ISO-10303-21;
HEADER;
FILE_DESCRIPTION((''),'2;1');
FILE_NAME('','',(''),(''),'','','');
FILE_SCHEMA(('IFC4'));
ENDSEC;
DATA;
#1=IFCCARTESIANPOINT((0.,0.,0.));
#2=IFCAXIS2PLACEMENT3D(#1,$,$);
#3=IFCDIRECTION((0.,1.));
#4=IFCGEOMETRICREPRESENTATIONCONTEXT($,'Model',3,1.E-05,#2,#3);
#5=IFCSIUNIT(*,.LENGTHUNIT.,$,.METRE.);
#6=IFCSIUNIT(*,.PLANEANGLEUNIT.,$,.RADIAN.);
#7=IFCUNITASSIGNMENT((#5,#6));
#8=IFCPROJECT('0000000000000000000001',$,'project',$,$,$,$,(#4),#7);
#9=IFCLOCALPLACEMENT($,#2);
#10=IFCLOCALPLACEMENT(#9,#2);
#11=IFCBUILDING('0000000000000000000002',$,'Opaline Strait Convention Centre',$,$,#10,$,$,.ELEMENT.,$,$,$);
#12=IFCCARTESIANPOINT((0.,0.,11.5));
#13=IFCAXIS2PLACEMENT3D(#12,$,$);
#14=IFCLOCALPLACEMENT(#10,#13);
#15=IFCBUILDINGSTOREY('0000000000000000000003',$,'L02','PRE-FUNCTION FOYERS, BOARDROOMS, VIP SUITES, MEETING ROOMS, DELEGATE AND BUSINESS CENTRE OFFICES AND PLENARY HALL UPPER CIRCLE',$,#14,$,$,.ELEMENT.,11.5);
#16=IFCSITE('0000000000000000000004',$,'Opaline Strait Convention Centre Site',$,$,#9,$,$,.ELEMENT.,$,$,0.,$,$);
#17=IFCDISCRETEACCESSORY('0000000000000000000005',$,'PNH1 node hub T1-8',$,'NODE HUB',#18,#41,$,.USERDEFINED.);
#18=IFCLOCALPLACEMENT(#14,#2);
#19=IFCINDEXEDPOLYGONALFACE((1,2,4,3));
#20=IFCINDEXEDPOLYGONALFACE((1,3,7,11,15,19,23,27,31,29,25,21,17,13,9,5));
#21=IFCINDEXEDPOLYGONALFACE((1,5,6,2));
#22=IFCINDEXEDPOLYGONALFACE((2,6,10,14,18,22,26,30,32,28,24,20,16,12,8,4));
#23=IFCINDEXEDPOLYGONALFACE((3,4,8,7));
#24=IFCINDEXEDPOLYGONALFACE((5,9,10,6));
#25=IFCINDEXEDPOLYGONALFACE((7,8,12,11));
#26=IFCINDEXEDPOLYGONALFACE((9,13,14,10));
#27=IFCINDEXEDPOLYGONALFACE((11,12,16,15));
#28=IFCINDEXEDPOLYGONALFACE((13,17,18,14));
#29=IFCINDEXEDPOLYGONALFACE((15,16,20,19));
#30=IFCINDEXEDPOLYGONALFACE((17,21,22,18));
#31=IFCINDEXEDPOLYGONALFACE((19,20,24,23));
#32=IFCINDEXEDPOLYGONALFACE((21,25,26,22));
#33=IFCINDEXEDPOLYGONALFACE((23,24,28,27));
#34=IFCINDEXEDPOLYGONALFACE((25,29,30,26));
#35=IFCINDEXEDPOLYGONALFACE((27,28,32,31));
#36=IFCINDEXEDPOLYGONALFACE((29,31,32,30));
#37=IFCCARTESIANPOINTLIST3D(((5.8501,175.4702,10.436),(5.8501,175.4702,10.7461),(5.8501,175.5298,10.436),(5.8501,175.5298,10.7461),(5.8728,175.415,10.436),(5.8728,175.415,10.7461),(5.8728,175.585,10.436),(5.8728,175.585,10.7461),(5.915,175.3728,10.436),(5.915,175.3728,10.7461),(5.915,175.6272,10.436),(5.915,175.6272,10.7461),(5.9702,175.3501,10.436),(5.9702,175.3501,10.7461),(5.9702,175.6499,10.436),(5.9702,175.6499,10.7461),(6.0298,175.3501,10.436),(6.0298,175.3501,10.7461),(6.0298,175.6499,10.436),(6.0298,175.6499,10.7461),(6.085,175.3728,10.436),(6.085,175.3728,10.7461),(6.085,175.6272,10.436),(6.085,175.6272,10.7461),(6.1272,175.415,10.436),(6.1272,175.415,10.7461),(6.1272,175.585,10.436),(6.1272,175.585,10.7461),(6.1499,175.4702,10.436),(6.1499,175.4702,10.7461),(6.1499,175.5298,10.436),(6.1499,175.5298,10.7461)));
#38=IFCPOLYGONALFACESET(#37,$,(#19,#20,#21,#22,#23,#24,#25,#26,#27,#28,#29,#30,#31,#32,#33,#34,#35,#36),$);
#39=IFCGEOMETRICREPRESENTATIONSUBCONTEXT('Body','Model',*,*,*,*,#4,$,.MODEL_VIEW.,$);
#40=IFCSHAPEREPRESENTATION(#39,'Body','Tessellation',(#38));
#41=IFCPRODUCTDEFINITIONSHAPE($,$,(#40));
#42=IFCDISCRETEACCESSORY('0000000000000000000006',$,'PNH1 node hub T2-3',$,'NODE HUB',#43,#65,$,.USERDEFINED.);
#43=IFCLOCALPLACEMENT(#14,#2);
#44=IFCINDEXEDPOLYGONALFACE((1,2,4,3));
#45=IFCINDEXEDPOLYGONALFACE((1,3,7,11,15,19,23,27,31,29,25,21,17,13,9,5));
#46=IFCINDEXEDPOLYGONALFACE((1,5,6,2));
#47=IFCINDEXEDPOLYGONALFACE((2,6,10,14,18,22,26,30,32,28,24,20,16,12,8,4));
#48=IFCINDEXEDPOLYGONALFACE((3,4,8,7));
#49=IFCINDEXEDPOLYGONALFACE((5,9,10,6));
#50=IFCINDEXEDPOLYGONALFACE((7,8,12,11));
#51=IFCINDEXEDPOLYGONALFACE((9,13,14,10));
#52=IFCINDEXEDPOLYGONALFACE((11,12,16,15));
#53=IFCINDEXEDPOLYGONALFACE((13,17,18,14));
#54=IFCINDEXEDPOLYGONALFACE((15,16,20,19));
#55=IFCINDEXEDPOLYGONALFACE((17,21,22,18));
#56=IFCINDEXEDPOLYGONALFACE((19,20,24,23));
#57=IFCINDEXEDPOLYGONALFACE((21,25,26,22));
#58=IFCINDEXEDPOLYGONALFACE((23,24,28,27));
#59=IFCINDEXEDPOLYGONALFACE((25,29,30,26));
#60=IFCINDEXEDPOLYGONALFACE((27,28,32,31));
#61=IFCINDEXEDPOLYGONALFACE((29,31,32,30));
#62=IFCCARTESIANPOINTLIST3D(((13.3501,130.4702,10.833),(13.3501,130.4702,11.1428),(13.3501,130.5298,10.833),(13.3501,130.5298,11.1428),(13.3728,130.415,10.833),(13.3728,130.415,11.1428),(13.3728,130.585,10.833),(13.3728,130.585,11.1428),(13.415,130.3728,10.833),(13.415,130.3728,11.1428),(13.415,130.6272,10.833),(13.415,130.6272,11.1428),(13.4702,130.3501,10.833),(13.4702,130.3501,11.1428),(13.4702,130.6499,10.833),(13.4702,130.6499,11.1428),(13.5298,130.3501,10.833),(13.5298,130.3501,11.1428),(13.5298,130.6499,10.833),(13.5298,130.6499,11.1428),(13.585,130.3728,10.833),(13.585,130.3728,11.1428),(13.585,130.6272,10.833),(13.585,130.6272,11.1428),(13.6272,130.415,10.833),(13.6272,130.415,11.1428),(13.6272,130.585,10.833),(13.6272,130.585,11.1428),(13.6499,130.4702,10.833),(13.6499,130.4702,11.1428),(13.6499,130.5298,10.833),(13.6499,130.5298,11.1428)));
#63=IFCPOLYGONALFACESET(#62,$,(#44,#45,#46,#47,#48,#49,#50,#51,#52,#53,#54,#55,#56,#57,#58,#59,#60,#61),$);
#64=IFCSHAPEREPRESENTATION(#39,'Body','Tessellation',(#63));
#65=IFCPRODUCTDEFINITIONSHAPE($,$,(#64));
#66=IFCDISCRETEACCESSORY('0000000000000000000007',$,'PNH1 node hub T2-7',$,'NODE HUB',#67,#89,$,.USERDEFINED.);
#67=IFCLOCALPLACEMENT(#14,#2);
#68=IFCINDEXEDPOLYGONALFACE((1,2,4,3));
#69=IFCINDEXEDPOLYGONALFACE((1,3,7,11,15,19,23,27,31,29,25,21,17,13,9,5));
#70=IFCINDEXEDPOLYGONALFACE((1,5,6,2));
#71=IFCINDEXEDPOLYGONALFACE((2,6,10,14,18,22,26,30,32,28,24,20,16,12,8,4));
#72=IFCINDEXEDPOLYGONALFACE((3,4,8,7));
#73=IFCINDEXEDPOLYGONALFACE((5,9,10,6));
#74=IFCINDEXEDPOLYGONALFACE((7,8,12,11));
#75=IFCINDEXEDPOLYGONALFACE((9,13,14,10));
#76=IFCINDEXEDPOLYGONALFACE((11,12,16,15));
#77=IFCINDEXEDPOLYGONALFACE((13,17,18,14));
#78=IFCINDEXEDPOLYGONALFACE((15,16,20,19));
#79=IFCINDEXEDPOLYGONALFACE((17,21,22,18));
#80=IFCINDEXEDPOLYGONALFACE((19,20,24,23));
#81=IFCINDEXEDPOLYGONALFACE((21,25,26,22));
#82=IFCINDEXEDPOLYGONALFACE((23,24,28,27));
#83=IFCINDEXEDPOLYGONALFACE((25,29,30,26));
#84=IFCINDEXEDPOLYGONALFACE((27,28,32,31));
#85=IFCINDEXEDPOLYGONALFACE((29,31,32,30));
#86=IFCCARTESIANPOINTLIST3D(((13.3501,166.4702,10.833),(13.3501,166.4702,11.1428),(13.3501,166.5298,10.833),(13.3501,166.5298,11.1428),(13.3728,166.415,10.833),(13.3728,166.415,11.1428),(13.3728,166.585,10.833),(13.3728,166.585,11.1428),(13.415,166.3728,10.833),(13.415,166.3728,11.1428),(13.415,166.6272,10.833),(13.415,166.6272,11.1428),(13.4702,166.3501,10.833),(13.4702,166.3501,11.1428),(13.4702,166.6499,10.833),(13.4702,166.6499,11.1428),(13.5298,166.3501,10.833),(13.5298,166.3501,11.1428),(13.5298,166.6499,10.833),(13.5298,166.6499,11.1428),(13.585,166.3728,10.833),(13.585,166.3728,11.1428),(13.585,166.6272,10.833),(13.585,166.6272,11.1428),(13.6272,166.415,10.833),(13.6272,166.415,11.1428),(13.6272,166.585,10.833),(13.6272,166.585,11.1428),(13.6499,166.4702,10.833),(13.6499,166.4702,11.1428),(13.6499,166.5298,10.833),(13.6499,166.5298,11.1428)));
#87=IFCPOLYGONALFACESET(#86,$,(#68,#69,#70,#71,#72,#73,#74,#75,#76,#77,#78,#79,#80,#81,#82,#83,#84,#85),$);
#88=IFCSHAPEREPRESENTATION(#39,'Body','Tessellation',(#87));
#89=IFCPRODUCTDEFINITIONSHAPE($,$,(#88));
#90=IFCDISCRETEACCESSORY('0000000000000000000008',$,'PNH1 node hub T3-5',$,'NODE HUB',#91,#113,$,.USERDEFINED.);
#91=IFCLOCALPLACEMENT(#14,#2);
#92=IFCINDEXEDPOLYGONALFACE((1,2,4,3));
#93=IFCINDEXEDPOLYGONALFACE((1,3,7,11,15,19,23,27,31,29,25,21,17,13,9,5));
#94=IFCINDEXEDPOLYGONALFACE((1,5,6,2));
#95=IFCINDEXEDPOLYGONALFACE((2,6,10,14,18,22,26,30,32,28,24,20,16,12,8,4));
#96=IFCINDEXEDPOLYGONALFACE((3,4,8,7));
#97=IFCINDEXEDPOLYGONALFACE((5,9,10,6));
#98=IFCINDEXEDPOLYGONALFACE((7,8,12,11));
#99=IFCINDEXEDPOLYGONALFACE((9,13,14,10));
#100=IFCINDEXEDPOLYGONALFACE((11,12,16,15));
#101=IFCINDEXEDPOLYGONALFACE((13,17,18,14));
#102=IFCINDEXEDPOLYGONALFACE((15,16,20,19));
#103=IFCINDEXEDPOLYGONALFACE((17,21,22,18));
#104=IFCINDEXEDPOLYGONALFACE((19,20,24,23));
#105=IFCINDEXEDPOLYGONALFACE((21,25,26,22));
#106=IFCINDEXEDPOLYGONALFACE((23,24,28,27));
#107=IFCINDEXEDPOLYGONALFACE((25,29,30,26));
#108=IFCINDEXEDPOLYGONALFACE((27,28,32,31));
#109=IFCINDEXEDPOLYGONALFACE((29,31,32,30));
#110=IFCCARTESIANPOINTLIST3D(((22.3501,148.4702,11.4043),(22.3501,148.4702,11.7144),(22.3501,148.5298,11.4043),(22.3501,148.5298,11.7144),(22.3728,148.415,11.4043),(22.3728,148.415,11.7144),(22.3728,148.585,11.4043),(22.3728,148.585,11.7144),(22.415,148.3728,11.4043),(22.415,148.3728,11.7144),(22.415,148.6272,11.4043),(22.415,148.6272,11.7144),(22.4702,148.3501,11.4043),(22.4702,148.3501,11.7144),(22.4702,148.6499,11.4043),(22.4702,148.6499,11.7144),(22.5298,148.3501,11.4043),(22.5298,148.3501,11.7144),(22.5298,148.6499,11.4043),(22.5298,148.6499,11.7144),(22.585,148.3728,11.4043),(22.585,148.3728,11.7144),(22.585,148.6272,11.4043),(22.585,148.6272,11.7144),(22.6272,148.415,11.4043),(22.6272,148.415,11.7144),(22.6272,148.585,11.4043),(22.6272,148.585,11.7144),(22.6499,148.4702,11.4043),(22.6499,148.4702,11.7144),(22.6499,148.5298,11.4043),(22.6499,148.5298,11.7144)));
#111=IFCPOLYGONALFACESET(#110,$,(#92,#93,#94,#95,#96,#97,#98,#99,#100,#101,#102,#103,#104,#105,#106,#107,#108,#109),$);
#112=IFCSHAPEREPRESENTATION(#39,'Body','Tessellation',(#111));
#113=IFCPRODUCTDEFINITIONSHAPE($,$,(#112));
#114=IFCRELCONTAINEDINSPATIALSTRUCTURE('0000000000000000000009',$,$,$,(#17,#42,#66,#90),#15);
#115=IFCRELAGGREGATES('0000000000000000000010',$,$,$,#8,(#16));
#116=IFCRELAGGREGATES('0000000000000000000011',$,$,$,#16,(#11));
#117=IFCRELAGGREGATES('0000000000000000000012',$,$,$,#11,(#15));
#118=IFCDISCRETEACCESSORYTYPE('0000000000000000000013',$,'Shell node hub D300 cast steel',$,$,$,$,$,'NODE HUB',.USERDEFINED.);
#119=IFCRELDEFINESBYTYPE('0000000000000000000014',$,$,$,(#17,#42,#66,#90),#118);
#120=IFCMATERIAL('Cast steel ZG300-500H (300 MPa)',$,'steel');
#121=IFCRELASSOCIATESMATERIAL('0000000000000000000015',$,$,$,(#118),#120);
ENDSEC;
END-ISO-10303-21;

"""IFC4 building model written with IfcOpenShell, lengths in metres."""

from ifc_helpers import new_model, si_unit, direction, frame, origin, place, context, subcontext, project, spatial, polyline, outline, extrude, material, type_object, element, save


model = new_model("IFC4")

# Units and contexts
model_context = context("Model", 3, precision=1e-05, world=origin(), true_north=direction((0.0, 1.0)))
body_context = subcontext(model_context, "Body", "Model", "MODEL_VIEW")
ifc_project = project(units=[si_unit("LENGTHUNIT", "METRE"), si_unit("PLANEANGLEUNIT", "RADIAN")], contexts=[model_context])

# Site, building, storey
site_placement = place(None, origin())
site = spatial("IfcSite", under=ifc_project, at=site_placement, Name="Opaline Strait Convention Centre Site", CompositionType="ELEMENT", RefElevation=0.0)
building_placement = place(site_placement, origin())
building = spatial("IfcBuilding", under=site, at=building_placement, Name="Opaline Strait Convention Centre", CompositionType="ELEMENT")
storey_placement = place(building_placement, frame((0.0, 0.0, 11.5)))
storey = spatial("IfcBuildingStorey", under=building, at=storey_placement, Name="L02", Description="PRE-FUNCTION FOYERS, BOARDROOMS, VIP SUITES, MEETING ROOMS, DELEGATE AND BUSINESS CENTRE OFFICES AND PLENARY HALL UPPER CIRCLE", CompositionType="ELEMENT", Elevation=11.5)

# Discrete accessories
ifc_material = material(Name="Cast steel ZG300-500H (300 MPa)", Category="steel")
discrete_accessory_type = type_object("IfcDiscreteAccessoryType", Name="Shell node hub D300 cast steel", ElementType="NODE HUB", PredefinedType="USERDEFINED", material=ifc_material)
discrete_accessory_1_placement = place(storey_placement, frame((0.0, 0.0, 10.436)))
element("IfcDiscreteAccessory", 1, at=discrete_accessory_1_placement, inside=storey, type_object=discrete_accessory_type, Name="PNH1 node hub T1-8", ObjectType="NODE HUB", PredefinedType="USERDEFINED", context=body_context, shape_type="SweptSolid", body=[
    extrude(outline(polyline([(6.1499, 175.5298), (6.1272, 175.585), (6.085, 175.6272), (6.0298, 175.6499), (5.9702, 175.6499), (5.915, 175.6272), (5.8728, 175.585), (5.8501, 175.5298), (5.8501, 175.4702), (5.8728, 175.415), (5.915, 175.3728), (5.9702, 175.3501), (6.0298, 175.3501), (6.085, 175.3728), (6.1272, 175.415), (6.1499, 175.4702), (6.1499, 175.5298)])), origin(), (0.0, 0.0, 1.0), 0.3101),
])
discrete_accessory_2_placement = place(storey_placement, frame((0.0, 0.0, 10.833)))
element("IfcDiscreteAccessory", 2, at=discrete_accessory_2_placement, inside=storey, type_object=discrete_accessory_type, Name="PNH1 node hub T2-3", ObjectType="NODE HUB", PredefinedType="USERDEFINED", context=body_context, shape_type="SweptSolid", body=[
    extrude(outline(polyline([(13.6499, 130.5298), (13.6272, 130.585), (13.585, 130.6272), (13.5298, 130.6499), (13.4702, 130.6499), (13.415, 130.6272), (13.3728, 130.585), (13.3501, 130.5298), (13.3501, 130.4702), (13.3728, 130.415), (13.415, 130.3728), (13.4702, 130.3501), (13.5298, 130.3501), (13.585, 130.3728), (13.6272, 130.415), (13.6499, 130.4702), (13.6499, 130.5298)])), origin(), (0.0, 0.0, 1.0), 0.3098),
])
discrete_accessory_3_placement = place(storey_placement, frame((0.0, 0.0, 10.833)))
element("IfcDiscreteAccessory", 3, at=discrete_accessory_3_placement, inside=storey, type_object=discrete_accessory_type, Name="PNH1 node hub T2-7", ObjectType="NODE HUB", PredefinedType="USERDEFINED", context=body_context, shape_type="SweptSolid", body=[
    extrude(outline(polyline([(13.6499, 166.5298), (13.6272, 166.585), (13.585, 166.6272), (13.5298, 166.6499), (13.4702, 166.6499), (13.415, 166.6272), (13.3728, 166.585), (13.3501, 166.5298), (13.3501, 166.4702), (13.3728, 166.415), (13.415, 166.3728), (13.4702, 166.3501), (13.5298, 166.3501), (13.585, 166.3728), (13.6272, 166.415), (13.6499, 166.4702), (13.6499, 166.5298)])), origin(), (0.0, 0.0, 1.0), 0.3098),
])
discrete_accessory_4_placement = place(storey_placement, frame((0.0, 0.0, 11.4043)))
element("IfcDiscreteAccessory", 4, at=discrete_accessory_4_placement, inside=storey, type_object=discrete_accessory_type, Name="PNH1 node hub T3-5", ObjectType="NODE HUB", PredefinedType="USERDEFINED", context=body_context, shape_type="SweptSolid", body=[
    extrude(outline(polyline([(22.6499, 148.5298), (22.6272, 148.585), (22.585, 148.6272), (22.5298, 148.6499), (22.4702, 148.6499), (22.415, 148.6272), (22.3728, 148.585), (22.3501, 148.5298), (22.3501, 148.4702), (22.3728, 148.415), (22.415, 148.3728), (22.4702, 148.3501), (22.5298, 148.3501), (22.585, 148.3728), (22.6272, 148.415), (22.6499, 148.4702), (22.6499, 148.5298)])), origin(), (0.0, 0.0, 1.0), 0.3101),
])

save(model, "model.ifc")
